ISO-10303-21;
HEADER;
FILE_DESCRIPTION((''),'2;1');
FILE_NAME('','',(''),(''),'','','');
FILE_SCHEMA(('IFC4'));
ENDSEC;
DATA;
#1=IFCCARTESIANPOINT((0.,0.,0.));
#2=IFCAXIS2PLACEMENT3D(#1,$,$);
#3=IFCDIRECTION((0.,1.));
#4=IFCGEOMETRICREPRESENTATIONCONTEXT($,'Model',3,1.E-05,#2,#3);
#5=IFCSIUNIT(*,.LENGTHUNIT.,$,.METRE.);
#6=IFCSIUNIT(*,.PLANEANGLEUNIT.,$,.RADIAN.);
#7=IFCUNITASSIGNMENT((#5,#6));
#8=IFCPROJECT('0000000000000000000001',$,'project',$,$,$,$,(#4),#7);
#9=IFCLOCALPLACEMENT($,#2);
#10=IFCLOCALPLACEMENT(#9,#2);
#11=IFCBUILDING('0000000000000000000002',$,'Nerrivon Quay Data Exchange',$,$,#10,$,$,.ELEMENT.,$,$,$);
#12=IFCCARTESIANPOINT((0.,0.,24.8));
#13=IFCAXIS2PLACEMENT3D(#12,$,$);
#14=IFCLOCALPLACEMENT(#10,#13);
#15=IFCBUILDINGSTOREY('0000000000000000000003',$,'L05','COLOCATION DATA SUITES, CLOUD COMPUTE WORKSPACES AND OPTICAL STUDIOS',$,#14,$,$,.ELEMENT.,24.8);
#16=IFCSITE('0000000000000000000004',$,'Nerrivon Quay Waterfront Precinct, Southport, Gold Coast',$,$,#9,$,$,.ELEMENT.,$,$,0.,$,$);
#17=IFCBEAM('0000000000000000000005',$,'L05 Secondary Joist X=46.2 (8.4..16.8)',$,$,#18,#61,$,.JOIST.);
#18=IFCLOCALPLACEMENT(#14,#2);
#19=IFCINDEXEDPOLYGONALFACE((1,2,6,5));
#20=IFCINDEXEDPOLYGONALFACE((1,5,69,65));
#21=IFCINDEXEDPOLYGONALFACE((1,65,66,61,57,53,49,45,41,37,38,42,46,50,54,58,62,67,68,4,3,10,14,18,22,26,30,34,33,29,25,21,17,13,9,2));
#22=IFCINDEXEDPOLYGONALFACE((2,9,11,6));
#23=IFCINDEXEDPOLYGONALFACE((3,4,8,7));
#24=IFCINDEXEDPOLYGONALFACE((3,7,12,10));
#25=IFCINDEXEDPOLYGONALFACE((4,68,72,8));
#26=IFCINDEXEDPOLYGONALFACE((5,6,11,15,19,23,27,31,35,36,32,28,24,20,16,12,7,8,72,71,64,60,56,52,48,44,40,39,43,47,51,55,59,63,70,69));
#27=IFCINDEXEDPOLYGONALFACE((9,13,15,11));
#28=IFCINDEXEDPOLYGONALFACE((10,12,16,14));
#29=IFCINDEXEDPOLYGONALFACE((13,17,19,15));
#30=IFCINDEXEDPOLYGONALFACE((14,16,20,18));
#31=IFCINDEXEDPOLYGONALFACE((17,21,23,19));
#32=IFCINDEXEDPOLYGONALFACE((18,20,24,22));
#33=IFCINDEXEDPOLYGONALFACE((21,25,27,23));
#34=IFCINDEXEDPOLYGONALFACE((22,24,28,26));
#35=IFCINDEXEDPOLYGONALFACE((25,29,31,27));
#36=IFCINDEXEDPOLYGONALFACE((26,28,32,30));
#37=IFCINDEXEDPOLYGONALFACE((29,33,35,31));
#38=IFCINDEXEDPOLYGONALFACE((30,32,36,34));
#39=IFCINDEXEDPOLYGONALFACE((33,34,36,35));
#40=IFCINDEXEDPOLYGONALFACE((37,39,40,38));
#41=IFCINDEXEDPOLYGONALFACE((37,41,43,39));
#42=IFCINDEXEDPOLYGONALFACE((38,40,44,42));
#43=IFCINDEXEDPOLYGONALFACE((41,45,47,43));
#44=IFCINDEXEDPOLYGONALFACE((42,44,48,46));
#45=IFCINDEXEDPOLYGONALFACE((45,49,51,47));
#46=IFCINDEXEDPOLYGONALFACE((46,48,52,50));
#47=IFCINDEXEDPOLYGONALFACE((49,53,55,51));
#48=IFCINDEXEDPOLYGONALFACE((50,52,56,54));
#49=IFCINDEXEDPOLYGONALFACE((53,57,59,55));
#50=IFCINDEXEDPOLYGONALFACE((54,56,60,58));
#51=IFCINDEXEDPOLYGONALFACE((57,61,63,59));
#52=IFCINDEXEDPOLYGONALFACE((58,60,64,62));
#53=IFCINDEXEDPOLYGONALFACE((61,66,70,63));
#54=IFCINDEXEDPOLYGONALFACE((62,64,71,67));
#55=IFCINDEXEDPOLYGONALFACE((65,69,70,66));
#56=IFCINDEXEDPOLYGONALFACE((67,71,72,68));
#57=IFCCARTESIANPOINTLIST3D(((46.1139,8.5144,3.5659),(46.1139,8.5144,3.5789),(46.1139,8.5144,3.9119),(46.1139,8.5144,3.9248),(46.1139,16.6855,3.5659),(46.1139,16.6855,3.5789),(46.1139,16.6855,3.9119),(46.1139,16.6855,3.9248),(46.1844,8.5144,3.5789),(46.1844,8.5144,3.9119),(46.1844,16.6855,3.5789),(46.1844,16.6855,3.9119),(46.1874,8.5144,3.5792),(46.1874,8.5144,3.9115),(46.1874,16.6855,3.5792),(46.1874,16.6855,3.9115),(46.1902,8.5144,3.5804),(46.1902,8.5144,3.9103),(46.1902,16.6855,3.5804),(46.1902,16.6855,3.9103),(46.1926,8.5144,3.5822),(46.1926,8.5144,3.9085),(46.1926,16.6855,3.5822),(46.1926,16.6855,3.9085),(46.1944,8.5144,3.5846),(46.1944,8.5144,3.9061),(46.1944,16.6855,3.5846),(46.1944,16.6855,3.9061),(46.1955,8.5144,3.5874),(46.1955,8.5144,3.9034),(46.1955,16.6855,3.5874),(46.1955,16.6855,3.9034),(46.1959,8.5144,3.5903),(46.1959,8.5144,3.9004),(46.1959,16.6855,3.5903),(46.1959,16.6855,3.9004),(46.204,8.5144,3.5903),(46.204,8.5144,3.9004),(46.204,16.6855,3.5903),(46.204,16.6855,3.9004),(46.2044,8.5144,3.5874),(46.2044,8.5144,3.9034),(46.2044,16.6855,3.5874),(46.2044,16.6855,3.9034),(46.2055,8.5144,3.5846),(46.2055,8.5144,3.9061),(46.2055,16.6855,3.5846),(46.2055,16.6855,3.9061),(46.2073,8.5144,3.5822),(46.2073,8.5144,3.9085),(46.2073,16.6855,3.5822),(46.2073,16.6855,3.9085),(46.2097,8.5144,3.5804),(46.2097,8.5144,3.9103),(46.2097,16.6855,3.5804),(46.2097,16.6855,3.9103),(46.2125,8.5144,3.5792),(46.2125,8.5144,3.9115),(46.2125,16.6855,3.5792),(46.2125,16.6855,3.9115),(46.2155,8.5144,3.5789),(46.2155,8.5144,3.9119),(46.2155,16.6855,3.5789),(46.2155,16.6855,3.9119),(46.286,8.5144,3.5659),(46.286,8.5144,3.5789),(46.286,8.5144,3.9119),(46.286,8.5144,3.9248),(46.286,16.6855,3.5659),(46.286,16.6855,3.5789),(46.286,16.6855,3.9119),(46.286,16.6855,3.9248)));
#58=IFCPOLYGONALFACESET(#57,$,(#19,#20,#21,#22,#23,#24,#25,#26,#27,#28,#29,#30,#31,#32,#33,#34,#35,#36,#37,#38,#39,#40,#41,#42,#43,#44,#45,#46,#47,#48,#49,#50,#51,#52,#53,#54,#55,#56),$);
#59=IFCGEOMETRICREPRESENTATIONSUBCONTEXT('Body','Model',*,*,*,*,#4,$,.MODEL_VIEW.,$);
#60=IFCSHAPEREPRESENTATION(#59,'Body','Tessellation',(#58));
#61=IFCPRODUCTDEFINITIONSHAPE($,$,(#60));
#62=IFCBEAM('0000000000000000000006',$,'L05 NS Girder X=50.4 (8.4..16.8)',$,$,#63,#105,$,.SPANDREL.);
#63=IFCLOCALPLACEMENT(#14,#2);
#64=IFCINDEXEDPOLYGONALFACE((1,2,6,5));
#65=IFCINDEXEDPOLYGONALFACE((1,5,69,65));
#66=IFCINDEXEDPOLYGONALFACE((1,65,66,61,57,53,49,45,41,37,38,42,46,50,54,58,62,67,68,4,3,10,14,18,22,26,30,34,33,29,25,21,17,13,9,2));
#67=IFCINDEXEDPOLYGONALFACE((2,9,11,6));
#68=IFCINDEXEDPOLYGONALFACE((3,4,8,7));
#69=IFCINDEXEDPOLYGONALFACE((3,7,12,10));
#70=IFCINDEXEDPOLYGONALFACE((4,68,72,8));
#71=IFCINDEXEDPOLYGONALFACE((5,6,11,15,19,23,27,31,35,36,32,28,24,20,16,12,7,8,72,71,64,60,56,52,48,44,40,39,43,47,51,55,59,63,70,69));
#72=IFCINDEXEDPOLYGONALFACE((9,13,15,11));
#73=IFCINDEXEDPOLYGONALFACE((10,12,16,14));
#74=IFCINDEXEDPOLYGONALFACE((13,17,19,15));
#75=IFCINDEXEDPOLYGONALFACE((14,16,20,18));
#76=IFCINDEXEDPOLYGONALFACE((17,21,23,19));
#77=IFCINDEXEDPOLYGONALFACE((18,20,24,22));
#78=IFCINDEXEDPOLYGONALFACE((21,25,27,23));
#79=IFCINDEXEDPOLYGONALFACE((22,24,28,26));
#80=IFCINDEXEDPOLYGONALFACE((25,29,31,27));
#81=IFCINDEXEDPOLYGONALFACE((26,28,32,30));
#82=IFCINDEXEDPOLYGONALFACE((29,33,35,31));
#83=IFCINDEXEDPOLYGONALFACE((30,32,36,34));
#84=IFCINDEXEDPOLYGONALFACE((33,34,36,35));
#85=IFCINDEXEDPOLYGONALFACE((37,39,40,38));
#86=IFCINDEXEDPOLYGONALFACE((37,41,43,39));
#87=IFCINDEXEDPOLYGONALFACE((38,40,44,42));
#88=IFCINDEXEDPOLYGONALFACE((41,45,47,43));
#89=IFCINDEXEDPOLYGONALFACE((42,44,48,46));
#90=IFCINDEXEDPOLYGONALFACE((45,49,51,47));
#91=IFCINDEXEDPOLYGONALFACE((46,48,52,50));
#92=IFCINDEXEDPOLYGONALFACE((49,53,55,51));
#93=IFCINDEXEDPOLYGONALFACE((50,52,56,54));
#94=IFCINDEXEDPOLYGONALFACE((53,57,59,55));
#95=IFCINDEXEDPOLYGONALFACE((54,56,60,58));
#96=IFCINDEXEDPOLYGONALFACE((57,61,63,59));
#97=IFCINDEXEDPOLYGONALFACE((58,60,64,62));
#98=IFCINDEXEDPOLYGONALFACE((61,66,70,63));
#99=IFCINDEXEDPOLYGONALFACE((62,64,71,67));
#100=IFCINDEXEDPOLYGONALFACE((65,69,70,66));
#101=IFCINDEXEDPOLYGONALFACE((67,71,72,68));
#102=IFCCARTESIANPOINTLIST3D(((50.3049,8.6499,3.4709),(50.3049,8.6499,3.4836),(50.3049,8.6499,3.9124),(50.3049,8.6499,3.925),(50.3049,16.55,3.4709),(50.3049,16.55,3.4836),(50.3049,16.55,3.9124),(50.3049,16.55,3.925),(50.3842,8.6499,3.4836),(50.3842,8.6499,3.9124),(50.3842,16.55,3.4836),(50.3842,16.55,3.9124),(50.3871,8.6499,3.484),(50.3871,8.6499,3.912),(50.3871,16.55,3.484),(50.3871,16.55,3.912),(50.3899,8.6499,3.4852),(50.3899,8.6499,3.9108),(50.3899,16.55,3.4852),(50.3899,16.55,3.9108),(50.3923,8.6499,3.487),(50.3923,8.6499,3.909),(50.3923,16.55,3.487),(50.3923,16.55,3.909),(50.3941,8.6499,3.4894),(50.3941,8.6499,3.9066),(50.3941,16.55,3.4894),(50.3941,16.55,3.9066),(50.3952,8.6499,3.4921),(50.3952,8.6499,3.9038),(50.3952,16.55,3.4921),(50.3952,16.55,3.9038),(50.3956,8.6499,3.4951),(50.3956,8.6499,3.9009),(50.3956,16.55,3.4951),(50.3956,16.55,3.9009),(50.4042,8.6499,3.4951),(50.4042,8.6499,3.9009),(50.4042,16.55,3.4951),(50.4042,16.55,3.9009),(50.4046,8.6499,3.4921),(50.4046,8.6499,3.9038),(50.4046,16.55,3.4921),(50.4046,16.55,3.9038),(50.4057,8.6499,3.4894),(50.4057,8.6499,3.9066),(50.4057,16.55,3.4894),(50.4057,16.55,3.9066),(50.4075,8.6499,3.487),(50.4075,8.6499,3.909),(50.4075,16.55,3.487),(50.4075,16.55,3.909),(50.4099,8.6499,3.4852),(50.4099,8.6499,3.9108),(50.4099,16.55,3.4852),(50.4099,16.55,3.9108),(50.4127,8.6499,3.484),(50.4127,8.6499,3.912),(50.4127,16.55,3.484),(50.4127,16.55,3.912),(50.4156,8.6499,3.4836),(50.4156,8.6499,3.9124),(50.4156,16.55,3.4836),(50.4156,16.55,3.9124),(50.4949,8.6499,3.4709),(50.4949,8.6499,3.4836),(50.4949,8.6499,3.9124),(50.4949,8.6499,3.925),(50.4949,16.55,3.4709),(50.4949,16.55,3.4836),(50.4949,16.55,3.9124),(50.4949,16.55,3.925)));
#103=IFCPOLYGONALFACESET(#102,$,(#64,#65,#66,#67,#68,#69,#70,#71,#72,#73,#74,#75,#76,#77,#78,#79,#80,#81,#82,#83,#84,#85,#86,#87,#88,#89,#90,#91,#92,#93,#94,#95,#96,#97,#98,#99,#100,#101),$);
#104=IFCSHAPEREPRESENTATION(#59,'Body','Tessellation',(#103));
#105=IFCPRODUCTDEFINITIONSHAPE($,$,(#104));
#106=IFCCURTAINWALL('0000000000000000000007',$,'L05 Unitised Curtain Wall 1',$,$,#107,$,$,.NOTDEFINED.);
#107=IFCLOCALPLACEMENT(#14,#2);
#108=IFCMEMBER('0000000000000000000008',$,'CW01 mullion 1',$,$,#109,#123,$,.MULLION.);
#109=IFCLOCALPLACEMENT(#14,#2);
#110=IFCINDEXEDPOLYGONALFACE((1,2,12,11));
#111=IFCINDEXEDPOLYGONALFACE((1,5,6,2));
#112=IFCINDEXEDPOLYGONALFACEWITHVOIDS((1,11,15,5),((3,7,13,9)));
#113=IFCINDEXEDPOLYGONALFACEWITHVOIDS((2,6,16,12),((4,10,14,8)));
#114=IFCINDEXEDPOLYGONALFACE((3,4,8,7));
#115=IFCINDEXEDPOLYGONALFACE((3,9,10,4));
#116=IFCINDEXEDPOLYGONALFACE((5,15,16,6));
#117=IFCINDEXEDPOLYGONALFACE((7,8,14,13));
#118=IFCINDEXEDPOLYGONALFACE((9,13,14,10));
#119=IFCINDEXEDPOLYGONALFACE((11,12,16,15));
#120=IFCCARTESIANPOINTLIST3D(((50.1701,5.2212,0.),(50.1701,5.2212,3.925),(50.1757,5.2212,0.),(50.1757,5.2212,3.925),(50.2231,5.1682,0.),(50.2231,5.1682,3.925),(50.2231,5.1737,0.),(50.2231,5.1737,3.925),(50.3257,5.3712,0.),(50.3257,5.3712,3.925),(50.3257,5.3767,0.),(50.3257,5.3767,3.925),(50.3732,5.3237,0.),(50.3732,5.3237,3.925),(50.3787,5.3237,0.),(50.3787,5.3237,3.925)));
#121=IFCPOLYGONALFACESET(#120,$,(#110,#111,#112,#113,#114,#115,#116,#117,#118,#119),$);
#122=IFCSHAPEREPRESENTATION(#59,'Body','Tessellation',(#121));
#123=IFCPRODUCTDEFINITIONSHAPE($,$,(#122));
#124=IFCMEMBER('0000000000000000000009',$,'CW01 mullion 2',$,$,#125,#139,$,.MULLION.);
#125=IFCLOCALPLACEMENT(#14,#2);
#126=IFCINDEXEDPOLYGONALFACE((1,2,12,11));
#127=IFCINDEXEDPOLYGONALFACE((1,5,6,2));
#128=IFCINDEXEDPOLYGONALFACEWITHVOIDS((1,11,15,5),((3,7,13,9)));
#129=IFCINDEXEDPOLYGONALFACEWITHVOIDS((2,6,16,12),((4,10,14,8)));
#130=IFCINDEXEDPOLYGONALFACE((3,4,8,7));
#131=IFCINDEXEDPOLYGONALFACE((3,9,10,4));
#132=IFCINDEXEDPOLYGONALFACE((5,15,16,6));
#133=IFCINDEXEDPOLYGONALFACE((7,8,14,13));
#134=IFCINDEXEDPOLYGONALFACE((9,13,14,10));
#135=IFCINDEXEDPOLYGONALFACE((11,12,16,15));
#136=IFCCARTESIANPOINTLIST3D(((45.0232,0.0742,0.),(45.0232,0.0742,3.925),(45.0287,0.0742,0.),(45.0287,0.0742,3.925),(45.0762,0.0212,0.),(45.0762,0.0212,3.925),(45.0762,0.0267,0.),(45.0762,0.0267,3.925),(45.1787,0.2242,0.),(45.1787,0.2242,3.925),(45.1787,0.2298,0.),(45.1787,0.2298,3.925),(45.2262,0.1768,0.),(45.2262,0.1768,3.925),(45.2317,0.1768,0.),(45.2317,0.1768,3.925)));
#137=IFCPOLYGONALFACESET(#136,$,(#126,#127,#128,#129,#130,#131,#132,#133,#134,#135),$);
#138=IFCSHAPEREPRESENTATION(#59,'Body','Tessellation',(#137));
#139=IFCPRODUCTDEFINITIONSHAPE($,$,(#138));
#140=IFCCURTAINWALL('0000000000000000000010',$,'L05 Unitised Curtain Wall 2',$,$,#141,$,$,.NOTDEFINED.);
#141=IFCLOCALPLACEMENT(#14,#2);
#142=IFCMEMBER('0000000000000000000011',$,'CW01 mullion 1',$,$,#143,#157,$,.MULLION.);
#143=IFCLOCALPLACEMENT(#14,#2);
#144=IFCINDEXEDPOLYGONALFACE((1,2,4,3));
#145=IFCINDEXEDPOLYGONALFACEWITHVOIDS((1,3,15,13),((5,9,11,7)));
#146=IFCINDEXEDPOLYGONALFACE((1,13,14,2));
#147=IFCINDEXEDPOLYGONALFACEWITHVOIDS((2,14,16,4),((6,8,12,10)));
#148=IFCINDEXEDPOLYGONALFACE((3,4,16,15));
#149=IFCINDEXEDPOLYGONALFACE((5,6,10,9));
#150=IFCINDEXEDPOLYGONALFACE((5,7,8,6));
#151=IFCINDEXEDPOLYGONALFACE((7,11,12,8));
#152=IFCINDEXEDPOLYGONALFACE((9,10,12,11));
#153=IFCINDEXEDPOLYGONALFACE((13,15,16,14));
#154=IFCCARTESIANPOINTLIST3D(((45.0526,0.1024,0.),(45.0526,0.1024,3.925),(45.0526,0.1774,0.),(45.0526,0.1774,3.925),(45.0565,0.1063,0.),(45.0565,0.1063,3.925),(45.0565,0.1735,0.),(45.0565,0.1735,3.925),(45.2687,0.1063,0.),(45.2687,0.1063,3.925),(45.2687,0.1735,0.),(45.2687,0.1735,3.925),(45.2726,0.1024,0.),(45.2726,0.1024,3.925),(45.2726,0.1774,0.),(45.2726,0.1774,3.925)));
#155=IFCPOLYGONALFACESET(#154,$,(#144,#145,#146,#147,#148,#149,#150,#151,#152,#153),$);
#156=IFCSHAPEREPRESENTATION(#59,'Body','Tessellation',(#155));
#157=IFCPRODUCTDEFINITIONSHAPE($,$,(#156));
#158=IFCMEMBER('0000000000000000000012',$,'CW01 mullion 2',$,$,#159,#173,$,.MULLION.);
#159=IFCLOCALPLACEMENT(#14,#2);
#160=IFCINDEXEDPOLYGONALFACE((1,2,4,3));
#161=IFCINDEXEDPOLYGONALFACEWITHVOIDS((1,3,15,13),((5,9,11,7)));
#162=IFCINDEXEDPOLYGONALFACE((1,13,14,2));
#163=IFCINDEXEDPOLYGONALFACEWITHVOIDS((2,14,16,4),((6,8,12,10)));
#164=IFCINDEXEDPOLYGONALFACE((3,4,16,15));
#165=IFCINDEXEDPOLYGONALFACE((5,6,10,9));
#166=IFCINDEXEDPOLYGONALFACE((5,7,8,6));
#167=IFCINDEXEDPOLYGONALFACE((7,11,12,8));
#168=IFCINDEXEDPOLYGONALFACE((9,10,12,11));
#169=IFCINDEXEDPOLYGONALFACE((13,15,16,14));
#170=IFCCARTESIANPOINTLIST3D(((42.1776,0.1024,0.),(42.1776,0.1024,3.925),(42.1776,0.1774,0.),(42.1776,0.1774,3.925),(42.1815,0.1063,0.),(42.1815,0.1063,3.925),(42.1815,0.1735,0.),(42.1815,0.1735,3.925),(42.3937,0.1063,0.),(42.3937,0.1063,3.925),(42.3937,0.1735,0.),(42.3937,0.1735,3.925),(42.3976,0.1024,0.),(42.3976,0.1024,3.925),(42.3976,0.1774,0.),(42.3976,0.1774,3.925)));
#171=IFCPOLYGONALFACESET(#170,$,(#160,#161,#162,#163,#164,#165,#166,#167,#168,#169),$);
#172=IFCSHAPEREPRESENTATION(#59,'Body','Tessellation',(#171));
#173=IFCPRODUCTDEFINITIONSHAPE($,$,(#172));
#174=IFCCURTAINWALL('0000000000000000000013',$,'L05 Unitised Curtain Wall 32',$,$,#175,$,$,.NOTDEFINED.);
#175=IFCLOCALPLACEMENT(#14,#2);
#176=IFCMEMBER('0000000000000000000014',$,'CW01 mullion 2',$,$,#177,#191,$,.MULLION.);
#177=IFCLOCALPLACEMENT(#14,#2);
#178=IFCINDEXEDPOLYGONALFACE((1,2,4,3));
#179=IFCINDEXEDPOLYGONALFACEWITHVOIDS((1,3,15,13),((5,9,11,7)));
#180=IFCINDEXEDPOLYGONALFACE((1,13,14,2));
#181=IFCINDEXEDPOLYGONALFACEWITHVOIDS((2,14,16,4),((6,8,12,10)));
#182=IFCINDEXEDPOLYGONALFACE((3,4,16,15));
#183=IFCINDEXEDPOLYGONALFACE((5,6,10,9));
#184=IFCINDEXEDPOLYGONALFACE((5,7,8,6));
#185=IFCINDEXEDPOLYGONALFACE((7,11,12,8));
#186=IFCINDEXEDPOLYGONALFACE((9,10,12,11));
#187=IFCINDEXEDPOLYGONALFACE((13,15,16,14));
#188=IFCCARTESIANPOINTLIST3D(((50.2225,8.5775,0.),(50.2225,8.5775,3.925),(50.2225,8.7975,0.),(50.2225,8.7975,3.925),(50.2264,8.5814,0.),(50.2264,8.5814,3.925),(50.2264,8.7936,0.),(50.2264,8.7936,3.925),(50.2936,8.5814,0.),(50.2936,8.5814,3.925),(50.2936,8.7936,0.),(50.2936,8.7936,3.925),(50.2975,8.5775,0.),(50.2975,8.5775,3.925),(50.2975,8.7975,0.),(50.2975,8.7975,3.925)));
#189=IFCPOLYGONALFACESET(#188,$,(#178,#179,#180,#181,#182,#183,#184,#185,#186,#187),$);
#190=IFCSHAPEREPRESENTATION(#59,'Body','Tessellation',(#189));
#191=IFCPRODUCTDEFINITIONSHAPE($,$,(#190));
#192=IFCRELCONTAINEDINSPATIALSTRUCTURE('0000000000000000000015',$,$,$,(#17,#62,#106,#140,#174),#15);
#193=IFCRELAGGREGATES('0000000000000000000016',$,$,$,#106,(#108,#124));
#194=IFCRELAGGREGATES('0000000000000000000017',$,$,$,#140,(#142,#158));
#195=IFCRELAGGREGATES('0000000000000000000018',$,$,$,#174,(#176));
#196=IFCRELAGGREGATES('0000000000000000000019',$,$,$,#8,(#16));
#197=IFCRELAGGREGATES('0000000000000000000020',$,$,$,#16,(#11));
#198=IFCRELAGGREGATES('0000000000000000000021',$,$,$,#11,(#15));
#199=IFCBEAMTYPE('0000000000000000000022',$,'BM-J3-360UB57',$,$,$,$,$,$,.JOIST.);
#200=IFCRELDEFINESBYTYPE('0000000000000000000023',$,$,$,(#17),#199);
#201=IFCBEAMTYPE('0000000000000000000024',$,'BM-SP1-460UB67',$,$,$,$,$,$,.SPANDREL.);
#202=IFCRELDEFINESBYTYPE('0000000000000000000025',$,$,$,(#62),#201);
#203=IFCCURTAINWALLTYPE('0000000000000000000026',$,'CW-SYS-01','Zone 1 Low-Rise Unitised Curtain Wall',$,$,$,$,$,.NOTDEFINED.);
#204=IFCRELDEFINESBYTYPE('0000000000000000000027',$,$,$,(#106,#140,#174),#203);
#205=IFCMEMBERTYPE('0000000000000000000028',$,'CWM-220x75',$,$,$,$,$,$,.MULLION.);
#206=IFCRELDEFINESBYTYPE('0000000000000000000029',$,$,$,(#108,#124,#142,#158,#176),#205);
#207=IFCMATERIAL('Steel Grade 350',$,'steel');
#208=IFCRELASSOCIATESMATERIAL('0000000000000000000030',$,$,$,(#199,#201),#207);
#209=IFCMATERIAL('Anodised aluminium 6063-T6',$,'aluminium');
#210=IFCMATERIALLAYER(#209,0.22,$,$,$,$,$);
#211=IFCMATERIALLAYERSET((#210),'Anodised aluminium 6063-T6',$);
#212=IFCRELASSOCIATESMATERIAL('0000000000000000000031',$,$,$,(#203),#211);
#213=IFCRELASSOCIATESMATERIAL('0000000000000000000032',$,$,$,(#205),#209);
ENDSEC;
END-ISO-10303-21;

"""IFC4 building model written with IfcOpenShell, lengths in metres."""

from ifc_helpers import new_model, si_unit, direction, frame, origin, origin_2d, place, context, subcontext, project, spatial, hollow_rectangle, i_section, extrude, material, layer, layer_set, material_profile, profile_set, type_object, element, aggregate, save


model = new_model("IFC4")

# Units and contexts
model_context = context("Model", 3, precision=1e-05, world=origin(), true_north=direction((0.0, 1.0)))
body_context = subcontext(model_context, "Body", "Model", "MODEL_VIEW")
ifc_project = project(units=[si_unit("LENGTHUNIT", "METRE"), si_unit("PLANEANGLEUNIT", "RADIAN")], contexts=[model_context])

# Site, building, storey
site_placement = place(None, origin())
site = spatial("IfcSite", under=ifc_project, at=site_placement, Name="Nerrivon Quay Waterfront Precinct, Southport, Gold Coast", CompositionType="ELEMENT", RefElevation=0.0)
building_placement = place(site_placement, origin())
building = spatial("IfcBuilding", under=site, at=building_placement, Name="Nerrivon Quay Data Exchange", CompositionType="ELEMENT")
storey_placement = place(building_placement, frame((0.0, 0.0, 24.8)))
storey = spatial("IfcBuildingStorey", under=building, at=storey_placement, Name="L05", Description="COLOCATION DATA SUITES, CLOUD COMPUTE WORKSPACES AND OPTICAL STUDIOS", CompositionType="ELEMENT", Elevation=24.8)

# Shared definitions
ifc_material_1 = material(Name="Steel Grade 350", Category="steel")

# Beams
ifc_material_profile_1 = material_profile(ifc_material_1, i_section(OverallWidth=0.1721, OverallDepth=0.3589, WebThickness=0.0081, FlangeThickness=0.0129, FilletRadius=0.0115, at=origin_2d()), Name="360UB56.7")
ifc_profile_set_1 = profile_set([ifc_material_profile_1], Name="Steel Grade 350")
beam_type_1 = type_object("IfcBeamType", Name="BM-J3-360UB57", PredefinedType="JOIST", material=ifc_profile_set_1)
beam_1_placement = place(storey_placement, frame((46.2, 8.5144, 3.7454), z_axis=(0.0, 1.0, 0.0), x_axis=(-1.0, 0.0, 0.0)))
element("IfcBeam", 1, at=beam_1_placement, inside=storey, type_object=beam_type_1, Name="L05 Secondary Joist X=46.2 (8.4..16.8)", PredefinedType="JOIST", context=body_context, shape_type="SweptSolid", body=[
    extrude(i_section(OverallWidth=0.1721, OverallDepth=0.3589, WebThickness=0.0081, FlangeThickness=0.0129, FilletRadius=0.0115, at=origin_2d()), origin(), (0.0, 0.0, 1.0), 8.1711),
])
ifc_material_profile_2 = material_profile(ifc_material_1, i_section(OverallWidth=0.1899, OverallDepth=0.4541, WebThickness=0.0085, FlangeThickness=0.0127, FilletRadius=0.0115, at=origin_2d()), Name="460UB67.1")
ifc_profile_set_2 = profile_set([ifc_material_profile_2], Name="Steel Grade 350")
beam_type_2 = type_object("IfcBeamType", Name="BM-SP1-460UB67", PredefinedType="SPANDREL", material=ifc_profile_set_2)
beam_2_placement = place(storey_placement, frame((50.3999, 8.6499, 3.698), z_axis=(0.0, 1.0, 0.0), x_axis=(-1.0, 0.0, 0.0)))
element("IfcBeam", 2, at=beam_2_placement, inside=storey, type_object=beam_type_2, Name="L05 NS Girder X=50.4 (8.4..16.8)", PredefinedType="SPANDREL", context=body_context, shape_type="SweptSolid", body=[
    extrude(i_section(OverallWidth=0.1899, OverallDepth=0.4541, WebThickness=0.0085, FlangeThickness=0.0127, FilletRadius=0.0115, at=origin_2d()), origin(), (0.0, 0.0, 1.0), 7.9001),
])

# Curtain walls, members
ifc_material_2 = material(Name="Anodised aluminium 6063-T6", Category="aluminium")
ifc_layer_1 = layer(ifc_material_2, 0.22)
ifc_layer_set_1 = layer_set([ifc_layer_1], Name="Anodised aluminium 6063-T6")
curtain_wall_type = type_object("IfcCurtainWallType", Name="CW-SYS-01", Description="Zone 1 Low-Rise Unitised Curtain Wall", PredefinedType="NOTDEFINED", material=ifc_layer_set_1)
curtain_wall_1_placement = place(storey_placement, origin())
curtain_wall_1 = element("IfcCurtainWall", 3, at=curtain_wall_1_placement, inside=storey, type_object=curtain_wall_type, Name="L05 Unitised Curtain Wall 1", PredefinedType="NOTDEFINED")
ifc_material_profile_3 = material_profile(ifc_material_2, hollow_rectangle(XDim=0.075, YDim=0.22, WallThickness=0.0039, at=origin_2d()), Name="ALU-MULL-220x75")
ifc_profile_set_3 = profile_set([ifc_material_profile_3], Name="Anodised aluminium 6063-T6")
member_type_1 = type_object("IfcMemberType", Name="CWM-220x75", PredefinedType="MULLION", material=ifc_profile_set_3)
member_1_placement = place(storey_placement, frame((50.2744, 5.2725, 0.0), z_axis=(0.0, 0.0, 1.0), x_axis=(0.707107, -0.707107, 0.0)))
member_1 = element("IfcMember", 4, at=member_1_placement, type_object=member_type_1, Name="CW01 mullion 1", PredefinedType="MULLION", context=body_context, shape_type="SweptSolid", body=[
    extrude(hollow_rectangle(XDim=0.075, YDim=0.22, WallThickness=0.0039, at=origin_2d()), origin(), (0.0, 0.0, 1.0), 3.925),
])
member_2_placement = place(storey_placement, frame((45.1274, 0.1255, 0.0), z_axis=(0.0, 0.0, 1.0), x_axis=(0.707107, -0.707107, 0.0)))
member_2 = element("IfcMember", 5, at=member_2_placement, type_object=member_type_1, Name="CW01 mullion 2", PredefinedType="MULLION", context=body_context, shape_type="SweptSolid", body=[
    extrude(hollow_rectangle(XDim=0.075, YDim=0.22, WallThickness=0.0039, at=origin_2d()), origin(), (0.0, 0.0, 1.0), 3.925),
])
curtain_wall_2_placement = place(storey_placement, origin())
curtain_wall_2 = element("IfcCurtainWall", 6, at=curtain_wall_2_placement, inside=storey, type_object=curtain_wall_type, Name="L05 Unitised Curtain Wall 2", PredefinedType="NOTDEFINED")
member_3_placement = place(storey_placement, frame((45.1626, 0.1399, 0.0), z_axis=(0.0, 0.0, 1.0), x_axis=(0.0, -1.0, 0.0)))
member_3 = element("IfcMember", 7, at=member_3_placement, type_object=member_type_1, Name="CW01 mullion 1", PredefinedType="MULLION", context=body_context, shape_type="SweptSolid", body=[
    extrude(hollow_rectangle(XDim=0.075, YDim=0.22, WallThickness=0.0039, at=origin_2d()), origin(), (0.0, 0.0, 1.0), 3.925),
])
member_4_placement = place(storey_placement, frame((42.2876, 0.1399, 0.0), z_axis=(0.0, 0.0, 1.0), x_axis=(0.0, -1.0, 0.0)))
member_4 = element("IfcMember", 8, at=member_4_placement, type_object=member_type_1, Name="CW01 mullion 2", PredefinedType="MULLION", context=body_context, shape_type="SweptSolid", body=[
    extrude(hollow_rectangle(XDim=0.075, YDim=0.22, WallThickness=0.0039, at=origin_2d()), origin(), (0.0, 0.0, 1.0), 3.925),
])

# Curtain wall, member
curtain_wall_3_placement = place(storey_placement, origin())
curtain_wall_3 = element("IfcCurtainWall", 9, at=curtain_wall_3_placement, inside=storey, type_object=curtain_wall_type, Name="L05 Unitised Curtain Wall 32", PredefinedType="NOTDEFINED")
member_5_placement = place(storey_placement, frame((50.26, 8.6875, 0.0), z_axis=(0.0, 0.0, 1.0), x_axis=(1.0, 0.0, 0.0)))
member_5 = element("IfcMember", 10, at=member_5_placement, type_object=member_type_1, Name="CW01 mullion 2", PredefinedType="MULLION", context=body_context, shape_type="SweptSolid", body=[
    extrude(hollow_rectangle(XDim=0.075, YDim=0.22, WallThickness=0.0039, at=origin_2d()), origin(), (0.0, 0.0, 1.0), 3.925),
])

aggregate(curtain_wall_1, [member_1, member_2])
aggregate(curtain_wall_2, [member_3, member_4])
aggregate(curtain_wall_3, [member_5])

save(model, "model.ifc")
